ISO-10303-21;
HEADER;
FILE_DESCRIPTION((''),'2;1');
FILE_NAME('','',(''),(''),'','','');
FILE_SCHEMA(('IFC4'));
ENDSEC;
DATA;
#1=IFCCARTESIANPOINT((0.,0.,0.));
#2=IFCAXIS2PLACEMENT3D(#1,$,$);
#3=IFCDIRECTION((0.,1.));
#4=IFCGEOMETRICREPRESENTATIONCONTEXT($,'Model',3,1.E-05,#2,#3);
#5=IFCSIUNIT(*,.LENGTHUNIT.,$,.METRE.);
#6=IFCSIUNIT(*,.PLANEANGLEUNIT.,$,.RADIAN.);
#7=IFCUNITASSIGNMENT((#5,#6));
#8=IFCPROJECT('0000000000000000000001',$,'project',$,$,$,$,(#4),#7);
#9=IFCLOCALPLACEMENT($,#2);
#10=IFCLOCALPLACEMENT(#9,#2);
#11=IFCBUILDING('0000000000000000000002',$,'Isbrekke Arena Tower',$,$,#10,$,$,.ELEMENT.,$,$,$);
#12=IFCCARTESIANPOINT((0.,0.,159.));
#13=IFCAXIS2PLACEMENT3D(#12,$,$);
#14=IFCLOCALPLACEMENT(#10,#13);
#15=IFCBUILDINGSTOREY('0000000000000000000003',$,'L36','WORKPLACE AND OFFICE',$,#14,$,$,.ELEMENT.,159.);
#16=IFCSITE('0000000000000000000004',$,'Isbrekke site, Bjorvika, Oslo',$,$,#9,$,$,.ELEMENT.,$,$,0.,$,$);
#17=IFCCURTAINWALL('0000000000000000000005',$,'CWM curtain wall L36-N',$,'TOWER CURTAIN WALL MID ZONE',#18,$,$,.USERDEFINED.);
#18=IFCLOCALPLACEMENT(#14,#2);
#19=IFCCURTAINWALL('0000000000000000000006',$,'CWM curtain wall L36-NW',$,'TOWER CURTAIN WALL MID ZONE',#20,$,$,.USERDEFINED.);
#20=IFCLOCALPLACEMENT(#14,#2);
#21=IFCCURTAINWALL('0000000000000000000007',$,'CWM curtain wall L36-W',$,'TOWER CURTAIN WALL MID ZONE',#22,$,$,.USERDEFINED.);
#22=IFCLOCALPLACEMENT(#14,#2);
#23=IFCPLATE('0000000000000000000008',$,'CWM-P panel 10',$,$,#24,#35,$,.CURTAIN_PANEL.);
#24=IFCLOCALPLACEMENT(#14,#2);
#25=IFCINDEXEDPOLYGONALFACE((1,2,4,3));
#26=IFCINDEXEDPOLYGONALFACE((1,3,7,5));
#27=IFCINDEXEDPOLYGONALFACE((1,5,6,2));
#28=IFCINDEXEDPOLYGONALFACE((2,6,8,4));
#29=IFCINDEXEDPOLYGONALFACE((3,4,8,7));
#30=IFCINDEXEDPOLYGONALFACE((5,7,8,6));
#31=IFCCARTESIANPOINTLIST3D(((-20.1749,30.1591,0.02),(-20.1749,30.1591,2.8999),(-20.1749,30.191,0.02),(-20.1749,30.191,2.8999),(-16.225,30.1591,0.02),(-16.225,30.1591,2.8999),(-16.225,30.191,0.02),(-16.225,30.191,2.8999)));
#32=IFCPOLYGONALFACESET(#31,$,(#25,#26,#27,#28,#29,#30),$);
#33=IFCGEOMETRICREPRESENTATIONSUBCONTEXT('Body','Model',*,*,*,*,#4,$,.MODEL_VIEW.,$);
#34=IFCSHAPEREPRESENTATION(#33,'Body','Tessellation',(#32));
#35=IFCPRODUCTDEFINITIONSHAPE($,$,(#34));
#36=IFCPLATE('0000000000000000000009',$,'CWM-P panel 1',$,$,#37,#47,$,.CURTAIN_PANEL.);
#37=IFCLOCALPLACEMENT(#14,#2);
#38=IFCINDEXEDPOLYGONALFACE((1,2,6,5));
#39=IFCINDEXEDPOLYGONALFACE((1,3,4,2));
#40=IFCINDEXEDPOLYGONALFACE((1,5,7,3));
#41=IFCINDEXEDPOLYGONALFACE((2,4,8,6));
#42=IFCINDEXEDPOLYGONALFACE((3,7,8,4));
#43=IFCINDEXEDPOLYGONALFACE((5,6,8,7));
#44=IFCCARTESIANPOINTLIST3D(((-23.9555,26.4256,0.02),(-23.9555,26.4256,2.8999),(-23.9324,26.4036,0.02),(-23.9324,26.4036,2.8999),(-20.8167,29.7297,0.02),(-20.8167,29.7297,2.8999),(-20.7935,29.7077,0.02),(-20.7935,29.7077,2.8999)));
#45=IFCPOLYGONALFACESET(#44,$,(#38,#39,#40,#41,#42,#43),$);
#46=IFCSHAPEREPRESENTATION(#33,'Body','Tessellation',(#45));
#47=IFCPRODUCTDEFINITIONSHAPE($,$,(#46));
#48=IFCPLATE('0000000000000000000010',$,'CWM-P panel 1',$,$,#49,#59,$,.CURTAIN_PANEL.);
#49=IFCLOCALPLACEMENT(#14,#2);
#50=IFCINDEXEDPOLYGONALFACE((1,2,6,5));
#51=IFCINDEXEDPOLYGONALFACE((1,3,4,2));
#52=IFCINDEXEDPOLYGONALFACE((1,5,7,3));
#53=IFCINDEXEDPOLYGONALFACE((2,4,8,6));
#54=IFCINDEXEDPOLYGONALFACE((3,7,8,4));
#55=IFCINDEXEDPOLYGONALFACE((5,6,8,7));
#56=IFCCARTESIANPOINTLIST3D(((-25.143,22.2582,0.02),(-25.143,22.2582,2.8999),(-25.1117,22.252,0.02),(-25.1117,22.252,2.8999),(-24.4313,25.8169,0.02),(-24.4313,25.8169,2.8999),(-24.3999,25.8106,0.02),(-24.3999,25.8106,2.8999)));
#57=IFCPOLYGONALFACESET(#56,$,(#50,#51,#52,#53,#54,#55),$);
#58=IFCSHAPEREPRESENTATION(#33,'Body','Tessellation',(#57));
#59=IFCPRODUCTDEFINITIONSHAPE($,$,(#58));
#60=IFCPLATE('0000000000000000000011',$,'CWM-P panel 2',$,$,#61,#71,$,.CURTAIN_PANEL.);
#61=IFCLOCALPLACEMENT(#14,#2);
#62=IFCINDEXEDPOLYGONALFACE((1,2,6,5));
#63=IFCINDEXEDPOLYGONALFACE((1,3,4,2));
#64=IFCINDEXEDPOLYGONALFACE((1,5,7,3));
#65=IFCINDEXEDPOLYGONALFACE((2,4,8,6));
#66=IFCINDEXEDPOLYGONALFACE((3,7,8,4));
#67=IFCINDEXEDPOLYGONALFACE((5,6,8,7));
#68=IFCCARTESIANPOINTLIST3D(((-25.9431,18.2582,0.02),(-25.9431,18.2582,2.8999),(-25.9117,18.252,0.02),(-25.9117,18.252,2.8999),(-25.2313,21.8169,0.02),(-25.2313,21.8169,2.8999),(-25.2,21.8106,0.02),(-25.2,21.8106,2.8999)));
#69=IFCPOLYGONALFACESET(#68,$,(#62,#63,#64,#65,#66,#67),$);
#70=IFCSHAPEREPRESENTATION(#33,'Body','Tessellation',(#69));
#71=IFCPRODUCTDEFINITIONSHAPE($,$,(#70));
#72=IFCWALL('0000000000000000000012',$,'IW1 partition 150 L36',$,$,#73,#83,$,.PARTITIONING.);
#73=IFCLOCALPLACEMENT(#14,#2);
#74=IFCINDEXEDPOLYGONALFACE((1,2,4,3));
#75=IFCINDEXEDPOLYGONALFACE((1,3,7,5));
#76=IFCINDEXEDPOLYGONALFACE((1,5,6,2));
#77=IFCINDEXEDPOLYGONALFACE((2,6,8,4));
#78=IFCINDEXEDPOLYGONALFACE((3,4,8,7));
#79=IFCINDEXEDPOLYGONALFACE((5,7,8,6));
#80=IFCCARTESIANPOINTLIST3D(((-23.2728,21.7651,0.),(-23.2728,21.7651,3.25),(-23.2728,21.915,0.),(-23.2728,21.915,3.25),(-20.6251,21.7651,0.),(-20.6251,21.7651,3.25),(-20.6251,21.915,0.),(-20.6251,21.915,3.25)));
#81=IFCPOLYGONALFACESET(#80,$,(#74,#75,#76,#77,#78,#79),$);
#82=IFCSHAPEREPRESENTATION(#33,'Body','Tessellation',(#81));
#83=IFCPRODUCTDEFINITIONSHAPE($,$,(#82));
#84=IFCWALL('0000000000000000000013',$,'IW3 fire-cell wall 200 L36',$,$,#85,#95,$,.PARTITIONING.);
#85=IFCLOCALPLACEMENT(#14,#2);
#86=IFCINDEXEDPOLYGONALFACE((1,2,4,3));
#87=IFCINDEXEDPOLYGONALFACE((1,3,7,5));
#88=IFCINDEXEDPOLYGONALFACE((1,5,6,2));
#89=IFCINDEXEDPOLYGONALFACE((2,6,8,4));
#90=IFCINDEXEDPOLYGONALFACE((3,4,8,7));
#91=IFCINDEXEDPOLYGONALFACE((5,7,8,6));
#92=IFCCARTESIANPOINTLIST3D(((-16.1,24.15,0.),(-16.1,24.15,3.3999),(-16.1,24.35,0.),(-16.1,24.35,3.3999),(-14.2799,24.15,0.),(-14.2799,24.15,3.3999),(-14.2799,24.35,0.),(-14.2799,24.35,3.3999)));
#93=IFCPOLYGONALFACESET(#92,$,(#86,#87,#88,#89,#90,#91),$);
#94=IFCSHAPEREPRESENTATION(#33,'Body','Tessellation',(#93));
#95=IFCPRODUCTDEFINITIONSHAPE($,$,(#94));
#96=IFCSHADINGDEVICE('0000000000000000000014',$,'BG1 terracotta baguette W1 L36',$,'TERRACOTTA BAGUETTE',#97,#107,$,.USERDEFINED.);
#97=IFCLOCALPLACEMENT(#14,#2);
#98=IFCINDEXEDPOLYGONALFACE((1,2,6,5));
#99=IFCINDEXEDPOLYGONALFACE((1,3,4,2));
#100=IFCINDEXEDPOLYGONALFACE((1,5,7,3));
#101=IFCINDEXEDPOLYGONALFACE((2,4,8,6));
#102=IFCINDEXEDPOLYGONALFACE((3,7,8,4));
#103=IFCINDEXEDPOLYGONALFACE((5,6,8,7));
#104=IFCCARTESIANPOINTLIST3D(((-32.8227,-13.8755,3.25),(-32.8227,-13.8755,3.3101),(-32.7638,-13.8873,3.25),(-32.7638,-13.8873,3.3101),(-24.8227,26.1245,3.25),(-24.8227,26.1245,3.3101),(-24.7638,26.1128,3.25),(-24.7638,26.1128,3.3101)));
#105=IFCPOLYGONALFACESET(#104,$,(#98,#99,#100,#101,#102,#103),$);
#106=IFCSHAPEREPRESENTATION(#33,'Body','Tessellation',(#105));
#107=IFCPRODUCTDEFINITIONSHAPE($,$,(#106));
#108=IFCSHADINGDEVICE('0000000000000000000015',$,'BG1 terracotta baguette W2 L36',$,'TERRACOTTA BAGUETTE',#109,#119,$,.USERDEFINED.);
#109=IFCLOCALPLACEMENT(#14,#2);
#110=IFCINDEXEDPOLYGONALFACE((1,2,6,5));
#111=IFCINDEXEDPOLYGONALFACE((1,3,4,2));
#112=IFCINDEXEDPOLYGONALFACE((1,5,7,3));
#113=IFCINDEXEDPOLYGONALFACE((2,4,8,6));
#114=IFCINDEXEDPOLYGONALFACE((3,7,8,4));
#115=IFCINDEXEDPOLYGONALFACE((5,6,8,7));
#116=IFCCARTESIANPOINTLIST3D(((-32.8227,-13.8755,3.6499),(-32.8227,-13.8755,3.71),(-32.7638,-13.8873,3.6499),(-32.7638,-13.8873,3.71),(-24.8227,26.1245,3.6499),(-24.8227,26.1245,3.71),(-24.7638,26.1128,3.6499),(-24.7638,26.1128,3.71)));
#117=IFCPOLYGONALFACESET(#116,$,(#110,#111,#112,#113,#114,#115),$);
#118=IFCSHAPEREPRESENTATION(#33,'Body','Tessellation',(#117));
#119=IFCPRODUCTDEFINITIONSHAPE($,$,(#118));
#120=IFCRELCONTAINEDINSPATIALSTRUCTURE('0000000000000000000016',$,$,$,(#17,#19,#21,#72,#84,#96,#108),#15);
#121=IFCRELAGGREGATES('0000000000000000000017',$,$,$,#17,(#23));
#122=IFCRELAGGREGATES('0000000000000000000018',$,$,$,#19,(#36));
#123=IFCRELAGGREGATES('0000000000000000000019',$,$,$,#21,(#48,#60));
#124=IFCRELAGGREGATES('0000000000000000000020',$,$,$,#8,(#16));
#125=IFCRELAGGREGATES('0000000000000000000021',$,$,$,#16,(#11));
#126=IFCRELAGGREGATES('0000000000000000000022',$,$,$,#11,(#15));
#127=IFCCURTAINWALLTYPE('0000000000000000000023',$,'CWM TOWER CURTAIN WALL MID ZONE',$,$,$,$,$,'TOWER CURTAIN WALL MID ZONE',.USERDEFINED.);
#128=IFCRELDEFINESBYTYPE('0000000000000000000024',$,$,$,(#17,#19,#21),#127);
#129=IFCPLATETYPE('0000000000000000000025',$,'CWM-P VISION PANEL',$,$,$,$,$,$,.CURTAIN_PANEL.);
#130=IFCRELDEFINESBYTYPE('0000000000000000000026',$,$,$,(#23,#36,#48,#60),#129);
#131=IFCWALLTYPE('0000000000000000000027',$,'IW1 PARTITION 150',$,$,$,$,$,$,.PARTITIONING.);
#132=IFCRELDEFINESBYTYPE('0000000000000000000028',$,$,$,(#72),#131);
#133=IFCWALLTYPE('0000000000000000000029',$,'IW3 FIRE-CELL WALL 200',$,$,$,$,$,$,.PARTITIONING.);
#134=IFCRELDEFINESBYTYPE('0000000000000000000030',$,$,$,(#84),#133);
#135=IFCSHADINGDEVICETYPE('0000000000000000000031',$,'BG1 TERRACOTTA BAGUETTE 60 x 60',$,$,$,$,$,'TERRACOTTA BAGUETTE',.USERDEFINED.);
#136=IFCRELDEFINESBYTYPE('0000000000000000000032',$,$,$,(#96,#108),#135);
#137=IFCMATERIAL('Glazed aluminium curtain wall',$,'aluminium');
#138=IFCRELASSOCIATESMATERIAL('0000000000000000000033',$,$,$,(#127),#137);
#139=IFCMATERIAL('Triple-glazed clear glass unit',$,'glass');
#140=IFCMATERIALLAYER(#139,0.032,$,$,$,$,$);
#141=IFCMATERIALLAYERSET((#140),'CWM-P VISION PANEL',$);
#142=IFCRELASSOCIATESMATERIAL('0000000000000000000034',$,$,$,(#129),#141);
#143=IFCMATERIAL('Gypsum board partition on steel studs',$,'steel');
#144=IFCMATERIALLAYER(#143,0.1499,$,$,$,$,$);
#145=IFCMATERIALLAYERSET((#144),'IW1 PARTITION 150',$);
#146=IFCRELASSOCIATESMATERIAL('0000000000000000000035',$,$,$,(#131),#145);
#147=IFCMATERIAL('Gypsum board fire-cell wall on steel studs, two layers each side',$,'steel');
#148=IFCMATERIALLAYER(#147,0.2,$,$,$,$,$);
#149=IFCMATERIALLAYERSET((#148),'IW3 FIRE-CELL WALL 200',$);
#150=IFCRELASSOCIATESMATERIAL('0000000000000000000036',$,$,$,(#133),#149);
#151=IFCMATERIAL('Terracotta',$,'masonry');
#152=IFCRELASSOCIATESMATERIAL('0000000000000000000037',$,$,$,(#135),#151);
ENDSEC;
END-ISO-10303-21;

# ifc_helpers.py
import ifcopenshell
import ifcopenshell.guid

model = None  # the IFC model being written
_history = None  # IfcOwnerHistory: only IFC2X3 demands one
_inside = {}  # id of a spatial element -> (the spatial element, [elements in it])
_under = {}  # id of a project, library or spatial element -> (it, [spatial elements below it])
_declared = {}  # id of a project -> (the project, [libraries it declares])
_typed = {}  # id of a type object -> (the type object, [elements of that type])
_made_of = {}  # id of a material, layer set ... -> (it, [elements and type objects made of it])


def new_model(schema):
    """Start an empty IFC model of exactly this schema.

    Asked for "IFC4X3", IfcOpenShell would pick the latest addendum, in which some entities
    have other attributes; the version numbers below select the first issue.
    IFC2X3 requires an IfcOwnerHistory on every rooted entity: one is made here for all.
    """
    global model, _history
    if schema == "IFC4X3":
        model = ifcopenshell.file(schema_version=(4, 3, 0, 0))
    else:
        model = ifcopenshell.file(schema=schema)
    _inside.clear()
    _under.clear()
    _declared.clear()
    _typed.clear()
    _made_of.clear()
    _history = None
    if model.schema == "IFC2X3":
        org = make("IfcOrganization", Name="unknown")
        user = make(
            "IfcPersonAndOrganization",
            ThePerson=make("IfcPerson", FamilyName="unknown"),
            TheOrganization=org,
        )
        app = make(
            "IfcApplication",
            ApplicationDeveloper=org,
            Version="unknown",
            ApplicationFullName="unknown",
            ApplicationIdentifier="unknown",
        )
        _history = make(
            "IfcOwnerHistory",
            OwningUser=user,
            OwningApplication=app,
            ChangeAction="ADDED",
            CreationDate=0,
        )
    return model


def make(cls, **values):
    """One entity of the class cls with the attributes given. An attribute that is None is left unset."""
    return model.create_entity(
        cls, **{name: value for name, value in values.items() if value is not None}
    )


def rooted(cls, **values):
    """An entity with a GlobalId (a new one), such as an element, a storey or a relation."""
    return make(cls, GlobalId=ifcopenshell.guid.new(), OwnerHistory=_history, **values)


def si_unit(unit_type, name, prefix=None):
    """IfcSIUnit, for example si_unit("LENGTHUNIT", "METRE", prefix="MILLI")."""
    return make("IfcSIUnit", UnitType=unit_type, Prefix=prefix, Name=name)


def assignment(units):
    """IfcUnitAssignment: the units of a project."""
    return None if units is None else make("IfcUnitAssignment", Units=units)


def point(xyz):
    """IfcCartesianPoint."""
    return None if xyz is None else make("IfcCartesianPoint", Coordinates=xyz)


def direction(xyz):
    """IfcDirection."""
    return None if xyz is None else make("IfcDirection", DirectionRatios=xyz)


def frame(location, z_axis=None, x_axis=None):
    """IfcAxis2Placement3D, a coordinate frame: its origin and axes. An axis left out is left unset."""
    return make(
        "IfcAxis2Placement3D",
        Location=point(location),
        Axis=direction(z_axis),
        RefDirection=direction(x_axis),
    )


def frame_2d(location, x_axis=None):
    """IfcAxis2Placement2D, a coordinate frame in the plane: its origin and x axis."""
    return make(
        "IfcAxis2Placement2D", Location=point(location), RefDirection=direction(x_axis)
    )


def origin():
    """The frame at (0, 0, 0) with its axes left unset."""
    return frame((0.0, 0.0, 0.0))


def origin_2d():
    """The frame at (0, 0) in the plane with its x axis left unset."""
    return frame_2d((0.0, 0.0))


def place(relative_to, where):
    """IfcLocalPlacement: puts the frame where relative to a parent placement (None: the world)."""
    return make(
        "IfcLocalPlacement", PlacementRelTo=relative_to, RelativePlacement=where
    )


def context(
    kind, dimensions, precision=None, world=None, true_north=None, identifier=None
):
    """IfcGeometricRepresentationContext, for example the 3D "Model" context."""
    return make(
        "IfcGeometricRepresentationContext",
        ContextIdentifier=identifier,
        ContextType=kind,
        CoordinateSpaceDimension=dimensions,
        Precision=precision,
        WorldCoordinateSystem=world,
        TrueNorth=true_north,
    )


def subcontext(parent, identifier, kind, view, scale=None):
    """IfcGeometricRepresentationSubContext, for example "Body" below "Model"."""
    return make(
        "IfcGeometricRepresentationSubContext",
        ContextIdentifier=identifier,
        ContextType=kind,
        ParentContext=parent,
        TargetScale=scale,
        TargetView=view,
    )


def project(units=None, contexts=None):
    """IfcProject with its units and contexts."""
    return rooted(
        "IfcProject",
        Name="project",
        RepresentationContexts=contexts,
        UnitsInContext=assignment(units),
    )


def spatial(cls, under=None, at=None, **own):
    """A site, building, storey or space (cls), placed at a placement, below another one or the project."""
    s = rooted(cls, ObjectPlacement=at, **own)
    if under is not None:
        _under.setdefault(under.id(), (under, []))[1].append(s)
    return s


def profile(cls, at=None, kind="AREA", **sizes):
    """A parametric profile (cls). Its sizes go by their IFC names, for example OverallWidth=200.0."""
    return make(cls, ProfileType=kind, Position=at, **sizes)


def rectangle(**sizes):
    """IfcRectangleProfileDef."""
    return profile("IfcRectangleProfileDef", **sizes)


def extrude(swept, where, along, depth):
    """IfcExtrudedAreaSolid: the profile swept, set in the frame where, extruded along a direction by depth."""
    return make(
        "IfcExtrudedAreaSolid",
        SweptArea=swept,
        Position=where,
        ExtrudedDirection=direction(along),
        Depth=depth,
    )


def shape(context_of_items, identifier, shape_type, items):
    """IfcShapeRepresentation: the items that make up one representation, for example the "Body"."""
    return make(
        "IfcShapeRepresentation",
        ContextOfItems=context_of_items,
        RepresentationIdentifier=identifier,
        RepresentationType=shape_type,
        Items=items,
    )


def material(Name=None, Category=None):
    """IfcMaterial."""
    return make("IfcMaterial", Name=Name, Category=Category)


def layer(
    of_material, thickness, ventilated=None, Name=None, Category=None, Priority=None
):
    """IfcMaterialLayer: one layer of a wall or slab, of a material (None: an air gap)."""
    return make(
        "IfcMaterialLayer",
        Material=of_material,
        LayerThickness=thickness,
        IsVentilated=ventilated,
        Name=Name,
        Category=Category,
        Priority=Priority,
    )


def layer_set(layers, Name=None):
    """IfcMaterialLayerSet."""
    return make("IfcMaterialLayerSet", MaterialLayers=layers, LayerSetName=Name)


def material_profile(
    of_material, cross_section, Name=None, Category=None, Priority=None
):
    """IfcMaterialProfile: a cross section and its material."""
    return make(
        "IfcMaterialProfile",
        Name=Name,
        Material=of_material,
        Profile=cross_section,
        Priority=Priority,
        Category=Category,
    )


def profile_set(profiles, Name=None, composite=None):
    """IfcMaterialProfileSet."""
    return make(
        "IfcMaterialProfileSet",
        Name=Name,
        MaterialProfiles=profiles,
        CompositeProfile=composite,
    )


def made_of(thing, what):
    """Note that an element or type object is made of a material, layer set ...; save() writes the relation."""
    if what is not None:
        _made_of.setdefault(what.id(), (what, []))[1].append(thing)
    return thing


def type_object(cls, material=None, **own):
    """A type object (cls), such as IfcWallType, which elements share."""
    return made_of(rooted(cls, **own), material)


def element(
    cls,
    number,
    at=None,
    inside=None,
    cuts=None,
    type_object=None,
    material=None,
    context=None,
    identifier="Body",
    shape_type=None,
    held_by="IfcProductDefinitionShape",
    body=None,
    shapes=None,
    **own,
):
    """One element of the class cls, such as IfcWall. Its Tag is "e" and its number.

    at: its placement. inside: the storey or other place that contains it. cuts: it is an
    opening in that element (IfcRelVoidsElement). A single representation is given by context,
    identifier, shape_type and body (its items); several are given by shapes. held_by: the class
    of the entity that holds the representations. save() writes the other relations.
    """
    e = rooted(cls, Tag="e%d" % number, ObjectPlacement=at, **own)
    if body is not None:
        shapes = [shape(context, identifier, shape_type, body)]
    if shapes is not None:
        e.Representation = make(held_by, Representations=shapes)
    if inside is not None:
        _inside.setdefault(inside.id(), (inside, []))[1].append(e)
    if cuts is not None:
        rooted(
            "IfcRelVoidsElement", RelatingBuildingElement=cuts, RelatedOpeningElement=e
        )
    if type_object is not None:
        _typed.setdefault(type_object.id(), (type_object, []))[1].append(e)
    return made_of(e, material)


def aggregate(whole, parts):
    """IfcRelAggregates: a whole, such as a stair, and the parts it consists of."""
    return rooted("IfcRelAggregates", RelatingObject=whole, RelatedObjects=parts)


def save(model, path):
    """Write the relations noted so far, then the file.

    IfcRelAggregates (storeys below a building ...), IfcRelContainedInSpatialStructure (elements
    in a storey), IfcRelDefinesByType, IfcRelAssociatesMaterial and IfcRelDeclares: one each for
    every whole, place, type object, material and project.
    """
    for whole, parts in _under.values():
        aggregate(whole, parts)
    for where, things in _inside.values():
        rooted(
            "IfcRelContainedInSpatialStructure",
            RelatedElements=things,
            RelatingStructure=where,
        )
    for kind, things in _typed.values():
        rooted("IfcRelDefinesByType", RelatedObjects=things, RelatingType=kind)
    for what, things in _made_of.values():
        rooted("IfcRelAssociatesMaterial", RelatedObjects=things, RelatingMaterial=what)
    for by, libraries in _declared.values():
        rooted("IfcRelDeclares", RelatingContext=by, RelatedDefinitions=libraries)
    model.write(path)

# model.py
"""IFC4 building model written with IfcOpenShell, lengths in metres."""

from ifc_helpers import new_model, si_unit, direction, frame, frame_2d, origin, origin_2d, place, context, subcontext, project, spatial, rectangle, extrude, material, layer, layer_set, material_profile, profile_set, type_object, element, aggregate, save


model = new_model("IFC4")

# Units and contexts
model_context = context("Model", 3, precision=1e-05, world=origin(), true_north=direction((0.0, 1.0)))
body_context = subcontext(model_context, "Body", "Model", "MODEL_VIEW")
ifc_project = project(units=[si_unit("LENGTHUNIT", "METRE"), si_unit("PLANEANGLEUNIT", "RADIAN")], contexts=[model_context])

# Site, building, storey
site_placement = place(None, origin())
site = spatial("IfcSite", under=ifc_project, at=site_placement, Name="Isbrekke site, Bjorvika, Oslo", CompositionType="ELEMENT", RefElevation=0.0)
building_placement = place(site_placement, origin())
building = spatial("IfcBuilding", under=site, at=building_placement, Name="Isbrekke Arena Tower", CompositionType="ELEMENT")
storey_placement = place(building_placement, frame((0.0, 0.0, 159.0)))
storey = spatial("IfcBuildingStorey", under=building, at=storey_placement, Name="L36", Description="WORKPLACE AND OFFICE", CompositionType="ELEMENT", Elevation=159.0)

# Curtain wall
ifc_material_1 = material(Name="Glazed aluminium curtain wall", Category="aluminium")
curtain_wall_type = type_object("IfcCurtainWallType", Name="CWM TOWER CURTAIN WALL MID ZONE", ElementType="TOWER CURTAIN WALL MID ZONE", PredefinedType="USERDEFINED", material=ifc_material_1)
curtain_wall_1_placement = place(storey_placement, origin())
curtain_wall_1 = element("IfcCurtainWall", 1, at=curtain_wall_1_placement, inside=storey, type_object=curtain_wall_type, Name="CWM curtain wall L36-N", ObjectType="TOWER CURTAIN WALL MID ZONE", PredefinedType="USERDEFINED")

# Curtain walls
curtain_wall_2_placement = place(storey_placement, origin())
curtain_wall_2 = element("IfcCurtainWall", 2, at=curtain_wall_2_placement, inside=storey, type_object=curtain_wall_type, Name="CWM curtain wall L36-NW", ObjectType="TOWER CURTAIN WALL MID ZONE", PredefinedType="USERDEFINED")
curtain_wall_3_placement = place(storey_placement, origin())
curtain_wall_3 = element("IfcCurtainWall", 3, at=curtain_wall_3_placement, inside=storey, type_object=curtain_wall_type, Name="CWM curtain wall L36-W", ObjectType="TOWER CURTAIN WALL MID ZONE", PredefinedType="USERDEFINED")

# Plates
ifc_material_2 = material(Name="Triple-glazed clear glass unit", Category="glass")
ifc_layer_1 = layer(ifc_material_2, 0.032)
ifc_layer_set_1 = layer_set([ifc_layer_1], Name="CWM-P VISION PANEL")
plate_type = type_object("IfcPlateType", Name="CWM-P VISION PANEL", PredefinedType="CURTAIN_PANEL", material=ifc_layer_set_1)
plate_1_placement = place(storey_placement, frame((-18.2, 30.175, 0.02), z_axis=(0.0, 0.0, 1.0), x_axis=(-1.0, 0.0, 0.0)))
plate_1 = element("IfcPlate", 4, at=plate_1_placement, type_object=plate_type, Name="CWM-P panel 10", PredefinedType="CURTAIN_PANEL", context=body_context, shape_type="SweptSolid", body=[
    extrude(rectangle(XDim=3.95, YDim=0.032, at=origin_2d()), origin(), (0.0, 0.0, 1.0), 2.8799),
])
aggregate(curtain_wall_1, [plate_1])
plate_2_placement = place(storey_placement, frame((-22.3745, 28.0667, 0.02), z_axis=(0.0, 0.0, 1.0), x_axis=(-0.688749, -0.724999, 0.0)))
plate_2 = element("IfcPlate", 5, at=plate_2_placement, type_object=plate_type, Name="CWM-P panel 1", PredefinedType="CURTAIN_PANEL", context=body_context, shape_type="SweptSolid", body=[
    extrude(rectangle(XDim=4.5574, YDim=0.032, at=origin_2d()), origin(), (0.0, 0.0, 1.0), 2.8799),
])
aggregate(curtain_wall_2, [plate_2])
plate_3_placement = place(storey_placement, frame((-24.7715, 24.0344, 0.02), z_axis=(0.0, 0.0, 1.0), x_axis=(-0.196116, -0.980581, 0.0)))
plate_3 = element("IfcPlate", 6, at=plate_3_placement, type_object=plate_type, Name="CWM-P panel 1", PredefinedType="CURTAIN_PANEL", context=body_context, shape_type="SweptSolid", body=[
    extrude(rectangle(XDim=3.6292, YDim=0.032, at=origin_2d()), origin(), (0.0, 0.0, 1.0), 2.8799),
])
plate_4_placement = place(storey_placement, frame((-25.5715, 20.0344, 0.02), z_axis=(0.0, 0.0, 1.0), x_axis=(-0.196116, -0.980581, 0.0)))
plate_4 = element("IfcPlate", 7, at=plate_4_placement, type_object=plate_type, Name="CWM-P panel 2", PredefinedType="CURTAIN_PANEL", context=body_context, shape_type="SweptSolid", body=[
    extrude(rectangle(XDim=3.6292, YDim=0.032, at=origin_2d()), origin(), (0.0, 0.0, 1.0), 2.8799),
])
aggregate(curtain_wall_3, [plate_3, plate_4])

# Walls
ifc_material_3 = material(Name="Gypsum board partition on steel studs", Category="steel")
ifc_layer_2 = layer(ifc_material_3, 0.1499)
ifc_layer_set_2 = layer_set([ifc_layer_2], Name="IW1 PARTITION 150")
wall_type_1 = type_object("IfcWallType", Name="IW1 PARTITION 150", PredefinedType="PARTITIONING", material=ifc_layer_set_2)
wall_1_placement = place(storey_placement, frame((-23.2727, 21.8401, 0.0), z_axis=(0.0, 0.0, 1.0), x_axis=(1.0, 0.0, 0.0)))
element("IfcWall", 8, at=wall_1_placement, inside=storey, type_object=wall_type_1, Name="IW1 partition 150 L36", PredefinedType="PARTITIONING", context=body_context, shape_type="SweptSolid", body=[
    extrude(rectangle(XDim=2.6477, YDim=0.1499, at=frame_2d((1.3237, 0.0))), origin(), (0.0, 0.0, 1.0), 3.25),
])
ifc_material_4 = material(Name="Gypsum board fire-cell wall on steel studs, two layers each side", Category="steel")
ifc_layer_3 = layer(ifc_material_4, 0.2)
ifc_layer_set_3 = layer_set([ifc_layer_3], Name="IW3 FIRE-CELL WALL 200")
wall_type_2 = type_object("IfcWallType", Name="IW3 FIRE-CELL WALL 200", PredefinedType="PARTITIONING", material=ifc_layer_set_3)
wall_2_placement = place(storey_placement, frame((-16.1001, 24.25, 0.0), z_axis=(0.0, 0.0, 1.0), x_axis=(1.0, 0.0, 0.0)))
element("IfcWall", 9, at=wall_2_placement, inside=storey, type_object=wall_type_2, Name="IW3 fire-cell wall 200 L36", PredefinedType="PARTITIONING", context=body_context, shape_type="SweptSolid", body=[
    extrude(rectangle(XDim=1.8201, YDim=0.2, at=frame_2d((0.9102, 0.0))), origin(), (0.0, 0.0, 1.0), 3.3999),
])

# Shading devices
ifc_material_5 = material(Name="Terracotta", Category="masonry")
ifc_material_profile_1 = material_profile(ifc_material_5, rectangle(XDim=0.0601, YDim=0.0601, at=origin_2d()), Name="BAGUETTE 60X60")
ifc_profile_set_1 = profile_set([ifc_material_profile_1], Name="Terracotta")
shading_device_type = type_object("IfcShadingDeviceType", Name="BG1 TERRACOTTA BAGUETTE 60 x 60", ElementType="TERRACOTTA BAGUETTE", PredefinedType="USERDEFINED", material=ifc_profile_set_1)
for number, where, z_axis, x_axis, name in (
    (10, (-24.7932, 26.1187, 3.28), (-0.196116, -0.980581, 0.0), (0.980581, -0.196116, 0.0), "BG1 terracotta baguette W1 L36"),
    (11, (-24.7932, 26.1187, 3.6799), (-0.196116, -0.980581, 0.0), (0.980581, -0.196116, 0.0), "BG1 terracotta baguette W2 L36"),
):
    element("IfcShadingDevice", number, at=place(storey_placement, frame(where, z_axis=z_axis, x_axis=x_axis)), inside=storey, type_object=shading_device_type, Name=name, ObjectType="TERRACOTTA BAGUETTE", PredefinedType="USERDEFINED", context=body_context, shape_type="SweptSolid", body=[
        extrude(rectangle(XDim=0.0601, YDim=0.0601, at=origin_2d()), origin(), (0.0, 0.0, 1.0), 40.7922),
    ])

save(model, "model.ifc")
